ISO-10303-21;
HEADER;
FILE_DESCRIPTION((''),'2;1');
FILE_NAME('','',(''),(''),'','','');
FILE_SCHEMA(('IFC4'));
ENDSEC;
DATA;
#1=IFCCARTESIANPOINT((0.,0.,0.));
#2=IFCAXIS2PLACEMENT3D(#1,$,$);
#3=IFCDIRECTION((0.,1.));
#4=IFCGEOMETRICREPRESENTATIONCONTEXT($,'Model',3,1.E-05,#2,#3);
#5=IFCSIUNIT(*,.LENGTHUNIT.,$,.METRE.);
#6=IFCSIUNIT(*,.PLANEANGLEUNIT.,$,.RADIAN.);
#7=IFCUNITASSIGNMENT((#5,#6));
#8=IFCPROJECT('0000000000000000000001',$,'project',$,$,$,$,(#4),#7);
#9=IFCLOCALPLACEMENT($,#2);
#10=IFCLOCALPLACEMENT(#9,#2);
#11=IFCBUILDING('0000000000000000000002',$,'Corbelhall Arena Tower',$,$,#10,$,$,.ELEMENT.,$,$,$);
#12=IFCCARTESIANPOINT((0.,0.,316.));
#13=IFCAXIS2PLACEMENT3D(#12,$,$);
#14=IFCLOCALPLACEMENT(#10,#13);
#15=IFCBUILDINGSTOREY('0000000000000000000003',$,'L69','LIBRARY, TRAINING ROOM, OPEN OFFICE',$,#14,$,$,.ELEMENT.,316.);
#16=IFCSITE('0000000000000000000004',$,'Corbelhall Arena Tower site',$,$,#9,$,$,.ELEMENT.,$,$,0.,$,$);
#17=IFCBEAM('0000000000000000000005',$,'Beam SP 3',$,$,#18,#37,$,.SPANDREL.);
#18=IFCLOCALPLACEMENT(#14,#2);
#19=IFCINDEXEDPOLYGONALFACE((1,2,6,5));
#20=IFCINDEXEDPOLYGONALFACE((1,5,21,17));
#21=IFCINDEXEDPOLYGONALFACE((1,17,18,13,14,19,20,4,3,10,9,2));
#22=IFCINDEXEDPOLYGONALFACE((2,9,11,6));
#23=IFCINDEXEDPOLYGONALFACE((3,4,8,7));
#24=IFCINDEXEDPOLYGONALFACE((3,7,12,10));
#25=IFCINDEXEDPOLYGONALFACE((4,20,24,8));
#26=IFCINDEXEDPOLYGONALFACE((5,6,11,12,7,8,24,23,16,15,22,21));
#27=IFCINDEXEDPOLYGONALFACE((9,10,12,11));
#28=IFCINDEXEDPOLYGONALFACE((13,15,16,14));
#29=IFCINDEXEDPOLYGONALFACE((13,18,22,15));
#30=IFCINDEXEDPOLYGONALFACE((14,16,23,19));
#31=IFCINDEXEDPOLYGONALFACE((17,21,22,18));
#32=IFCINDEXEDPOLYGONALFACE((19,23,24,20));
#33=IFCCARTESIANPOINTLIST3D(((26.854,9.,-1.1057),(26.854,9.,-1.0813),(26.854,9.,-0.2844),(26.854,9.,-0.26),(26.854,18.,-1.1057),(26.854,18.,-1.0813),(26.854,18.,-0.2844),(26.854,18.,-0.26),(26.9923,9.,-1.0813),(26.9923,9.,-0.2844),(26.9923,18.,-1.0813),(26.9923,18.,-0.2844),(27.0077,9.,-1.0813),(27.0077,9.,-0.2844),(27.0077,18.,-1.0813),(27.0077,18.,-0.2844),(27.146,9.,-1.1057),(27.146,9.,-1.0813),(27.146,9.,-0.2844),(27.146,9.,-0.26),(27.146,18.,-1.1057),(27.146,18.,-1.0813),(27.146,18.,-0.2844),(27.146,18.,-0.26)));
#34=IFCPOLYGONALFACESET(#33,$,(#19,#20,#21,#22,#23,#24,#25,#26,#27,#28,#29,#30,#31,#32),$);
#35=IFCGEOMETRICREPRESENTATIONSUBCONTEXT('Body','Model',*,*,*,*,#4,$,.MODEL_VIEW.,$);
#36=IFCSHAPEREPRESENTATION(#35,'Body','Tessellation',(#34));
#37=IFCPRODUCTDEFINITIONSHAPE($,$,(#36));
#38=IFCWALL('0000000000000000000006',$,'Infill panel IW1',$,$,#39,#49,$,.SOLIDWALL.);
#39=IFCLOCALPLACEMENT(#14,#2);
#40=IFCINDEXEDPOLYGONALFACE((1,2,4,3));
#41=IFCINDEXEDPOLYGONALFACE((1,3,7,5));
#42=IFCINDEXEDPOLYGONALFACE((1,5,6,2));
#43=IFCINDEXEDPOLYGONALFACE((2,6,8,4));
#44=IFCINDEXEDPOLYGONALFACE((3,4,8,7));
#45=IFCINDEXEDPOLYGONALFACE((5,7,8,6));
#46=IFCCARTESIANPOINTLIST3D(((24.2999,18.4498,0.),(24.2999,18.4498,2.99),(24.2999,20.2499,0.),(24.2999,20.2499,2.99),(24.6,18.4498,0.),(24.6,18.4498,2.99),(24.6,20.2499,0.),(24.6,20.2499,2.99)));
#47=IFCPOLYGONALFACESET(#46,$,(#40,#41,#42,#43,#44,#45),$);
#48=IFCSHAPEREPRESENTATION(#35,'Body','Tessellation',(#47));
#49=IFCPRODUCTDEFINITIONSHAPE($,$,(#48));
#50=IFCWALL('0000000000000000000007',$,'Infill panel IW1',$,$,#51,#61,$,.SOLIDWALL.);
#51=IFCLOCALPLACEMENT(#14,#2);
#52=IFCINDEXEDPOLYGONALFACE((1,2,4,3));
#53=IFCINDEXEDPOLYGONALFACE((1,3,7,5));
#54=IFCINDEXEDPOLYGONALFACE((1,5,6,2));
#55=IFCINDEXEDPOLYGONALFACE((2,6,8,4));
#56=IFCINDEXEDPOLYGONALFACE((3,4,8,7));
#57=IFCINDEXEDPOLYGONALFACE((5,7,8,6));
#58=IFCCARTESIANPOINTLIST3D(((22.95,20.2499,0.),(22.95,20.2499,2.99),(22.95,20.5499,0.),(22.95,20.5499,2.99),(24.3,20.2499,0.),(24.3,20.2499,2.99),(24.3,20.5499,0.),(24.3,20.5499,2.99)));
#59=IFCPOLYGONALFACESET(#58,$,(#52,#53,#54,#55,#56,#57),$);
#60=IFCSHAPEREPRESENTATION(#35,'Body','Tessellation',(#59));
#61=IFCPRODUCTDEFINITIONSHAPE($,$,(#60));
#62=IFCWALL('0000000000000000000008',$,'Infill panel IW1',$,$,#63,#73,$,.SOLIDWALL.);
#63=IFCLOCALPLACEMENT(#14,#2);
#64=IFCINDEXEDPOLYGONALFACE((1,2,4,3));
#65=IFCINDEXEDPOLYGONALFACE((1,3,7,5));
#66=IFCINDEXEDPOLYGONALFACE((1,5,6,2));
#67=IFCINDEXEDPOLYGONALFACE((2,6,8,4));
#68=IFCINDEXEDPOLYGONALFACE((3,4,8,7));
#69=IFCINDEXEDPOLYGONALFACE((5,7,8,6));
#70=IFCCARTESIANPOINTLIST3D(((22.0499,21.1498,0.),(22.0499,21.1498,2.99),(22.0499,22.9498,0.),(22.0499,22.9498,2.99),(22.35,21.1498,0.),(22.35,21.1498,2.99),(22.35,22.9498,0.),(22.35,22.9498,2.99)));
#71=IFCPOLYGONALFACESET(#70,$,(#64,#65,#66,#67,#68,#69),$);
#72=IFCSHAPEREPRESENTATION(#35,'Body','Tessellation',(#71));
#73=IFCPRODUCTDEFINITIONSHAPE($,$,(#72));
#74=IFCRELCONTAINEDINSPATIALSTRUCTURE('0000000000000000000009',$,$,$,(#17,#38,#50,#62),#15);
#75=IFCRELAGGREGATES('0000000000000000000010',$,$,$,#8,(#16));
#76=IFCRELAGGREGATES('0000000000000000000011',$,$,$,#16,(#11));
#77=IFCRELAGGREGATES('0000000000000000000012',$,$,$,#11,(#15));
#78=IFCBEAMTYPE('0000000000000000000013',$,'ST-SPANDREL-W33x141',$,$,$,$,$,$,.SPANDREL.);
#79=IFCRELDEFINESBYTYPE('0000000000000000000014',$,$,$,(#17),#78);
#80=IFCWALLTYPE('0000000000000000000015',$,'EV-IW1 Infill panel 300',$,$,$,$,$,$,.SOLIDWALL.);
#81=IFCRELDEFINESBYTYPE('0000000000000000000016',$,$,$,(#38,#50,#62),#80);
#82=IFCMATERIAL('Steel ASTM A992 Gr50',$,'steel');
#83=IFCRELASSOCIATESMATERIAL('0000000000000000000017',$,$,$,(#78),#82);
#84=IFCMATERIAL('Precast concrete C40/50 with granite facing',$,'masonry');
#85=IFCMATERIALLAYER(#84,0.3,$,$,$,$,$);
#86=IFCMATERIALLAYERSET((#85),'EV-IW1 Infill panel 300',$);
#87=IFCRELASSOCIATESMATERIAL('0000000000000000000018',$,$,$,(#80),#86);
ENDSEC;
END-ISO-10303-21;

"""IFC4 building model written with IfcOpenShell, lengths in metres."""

from ifc_helpers import new_model, si_unit, direction, frame, frame_2d, origin, origin_2d, place, context, subcontext, project, spatial, rectangle, i_section, extrude, material, layer, layer_set, material_profile, profile_set, type_object, element, save


model = new_model("IFC4")

# Units and contexts
model_context = context("Model", 3, precision=1e-05, world=origin(), true_north=direction((0.0, 1.0)))
body_context = subcontext(model_context, "Body", "Model", "MODEL_VIEW")
ifc_project = project(units=[si_unit("LENGTHUNIT", "METRE"), si_unit("PLANEANGLEUNIT", "RADIAN")], contexts=[model_context])

# Site, building, storey
site_placement = place(None, origin())
site = spatial("IfcSite", under=ifc_project, at=site_placement, Name="Corbelhall Arena Tower site", CompositionType="ELEMENT", RefElevation=0.0)
building_placement = place(site_placement, origin())
building = spatial("IfcBuilding", under=site, at=building_placement, Name="Corbelhall Arena Tower", CompositionType="ELEMENT")
storey_placement = place(building_placement, frame((0.0, 0.0, 316.0)))
storey = spatial("IfcBuildingStorey", under=building, at=storey_placement, Name="L69", Description="LIBRARY, TRAINING ROOM, OPEN OFFICE", CompositionType="ELEMENT", Elevation=316.0)

# Beam
ifc_material_1 = material(Name="Steel ASTM A992 Gr50", Category="steel")
ifc_material_profile_1 = material_profile(ifc_material_1, i_section(OverallWidth=0.292, OverallDepth=0.8457, WebThickness=0.0154, FlangeThickness=0.0244, at=origin_2d()))
ifc_profile_set_1 = profile_set([ifc_material_profile_1], Name="Steel ASTM A992 Gr50")
beam_type_1 = type_object("IfcBeamType", Name="ST-SPANDREL-W33x141", PredefinedType="SPANDREL", material=ifc_profile_set_1)
beam_1_placement = place(storey_placement, frame((27.0, 18.0, -0.6829), z_axis=(0.0, -1.0, 0.0), x_axis=(1.0, 0.0, 0.0)))
element("IfcBeam", 1, at=beam_1_placement, inside=storey, type_object=beam_type_1, Name="Beam SP 3", PredefinedType="SPANDREL", context=body_context, shape_type="SweptSolid", body=[
    extrude(i_section(OverallWidth=0.292, OverallDepth=0.8457, WebThickness=0.0154, FlangeThickness=0.0244, at=origin_2d()), origin(), (0.0, 0.0, 1.0), 9.0),
])

# Walls
ifc_material_2 = material(Name="Precast concrete C40/50 with granite facing", Category="masonry")
ifc_layer_1 = layer(ifc_material_2, 0.3)
ifc_layer_set_1 = layer_set([ifc_layer_1], Name="EV-IW1 Infill panel 300")
wall_type_1 = type_object("IfcWallType", Name="EV-IW1 Infill panel 300", PredefinedType="SOLIDWALL", material=ifc_layer_set_1)
wall_1_placement = place(storey_placement, frame((24.45, 18.45, 0.0), z_axis=(0.0, 0.0, 1.0), x_axis=(0.0, 1.0, 0.0)))
element("IfcWall", 2, at=wall_1_placement, inside=storey, type_object=wall_type_1, Name="Infill panel IW1", PredefinedType="SOLIDWALL", context=body_context, shape_type="SweptSolid", body=[
    extrude(rectangle(XDim=1.8, YDim=0.3, at=frame_2d((0.8999, 0.0))), origin(), (0.0, 0.0, 1.0), 2.99),
])
wall_2_placement = place(storey_placement, frame((24.3, 20.3999, 0.0), z_axis=(0.0, 0.0, 1.0), x_axis=(-1.0, 0.0, 0.0)))
element("IfcWall", 3, at=wall_2_placement, inside=storey, type_object=wall_type_1, Name="Infill panel IW1", PredefinedType="SOLIDWALL", context=body_context, shape_type="SweptSolid", body=[
    extrude(rectangle(XDim=1.3501, YDim=0.3, at=frame_2d((0.675, 0.0))), origin(), (0.0, 0.0, 1.0), 2.99),
])
wall_3_placement = place(storey_placement, frame((22.2, 21.1499, 0.0), z_axis=(0.0, 0.0, 1.0), x_axis=(0.0, 1.0, 0.0)))
element("IfcWall", 4, at=wall_3_placement, inside=storey, type_object=wall_type_1, Name="Infill panel IW1", PredefinedType="SOLIDWALL", context=body_context, shape_type="SweptSolid", body=[
    extrude(rectangle(XDim=1.8, YDim=0.3, at=frame_2d((0.8999, 0.0))), origin(), (0.0, 0.0, 1.0), 2.99),
])

save(model, "model.ifc")
